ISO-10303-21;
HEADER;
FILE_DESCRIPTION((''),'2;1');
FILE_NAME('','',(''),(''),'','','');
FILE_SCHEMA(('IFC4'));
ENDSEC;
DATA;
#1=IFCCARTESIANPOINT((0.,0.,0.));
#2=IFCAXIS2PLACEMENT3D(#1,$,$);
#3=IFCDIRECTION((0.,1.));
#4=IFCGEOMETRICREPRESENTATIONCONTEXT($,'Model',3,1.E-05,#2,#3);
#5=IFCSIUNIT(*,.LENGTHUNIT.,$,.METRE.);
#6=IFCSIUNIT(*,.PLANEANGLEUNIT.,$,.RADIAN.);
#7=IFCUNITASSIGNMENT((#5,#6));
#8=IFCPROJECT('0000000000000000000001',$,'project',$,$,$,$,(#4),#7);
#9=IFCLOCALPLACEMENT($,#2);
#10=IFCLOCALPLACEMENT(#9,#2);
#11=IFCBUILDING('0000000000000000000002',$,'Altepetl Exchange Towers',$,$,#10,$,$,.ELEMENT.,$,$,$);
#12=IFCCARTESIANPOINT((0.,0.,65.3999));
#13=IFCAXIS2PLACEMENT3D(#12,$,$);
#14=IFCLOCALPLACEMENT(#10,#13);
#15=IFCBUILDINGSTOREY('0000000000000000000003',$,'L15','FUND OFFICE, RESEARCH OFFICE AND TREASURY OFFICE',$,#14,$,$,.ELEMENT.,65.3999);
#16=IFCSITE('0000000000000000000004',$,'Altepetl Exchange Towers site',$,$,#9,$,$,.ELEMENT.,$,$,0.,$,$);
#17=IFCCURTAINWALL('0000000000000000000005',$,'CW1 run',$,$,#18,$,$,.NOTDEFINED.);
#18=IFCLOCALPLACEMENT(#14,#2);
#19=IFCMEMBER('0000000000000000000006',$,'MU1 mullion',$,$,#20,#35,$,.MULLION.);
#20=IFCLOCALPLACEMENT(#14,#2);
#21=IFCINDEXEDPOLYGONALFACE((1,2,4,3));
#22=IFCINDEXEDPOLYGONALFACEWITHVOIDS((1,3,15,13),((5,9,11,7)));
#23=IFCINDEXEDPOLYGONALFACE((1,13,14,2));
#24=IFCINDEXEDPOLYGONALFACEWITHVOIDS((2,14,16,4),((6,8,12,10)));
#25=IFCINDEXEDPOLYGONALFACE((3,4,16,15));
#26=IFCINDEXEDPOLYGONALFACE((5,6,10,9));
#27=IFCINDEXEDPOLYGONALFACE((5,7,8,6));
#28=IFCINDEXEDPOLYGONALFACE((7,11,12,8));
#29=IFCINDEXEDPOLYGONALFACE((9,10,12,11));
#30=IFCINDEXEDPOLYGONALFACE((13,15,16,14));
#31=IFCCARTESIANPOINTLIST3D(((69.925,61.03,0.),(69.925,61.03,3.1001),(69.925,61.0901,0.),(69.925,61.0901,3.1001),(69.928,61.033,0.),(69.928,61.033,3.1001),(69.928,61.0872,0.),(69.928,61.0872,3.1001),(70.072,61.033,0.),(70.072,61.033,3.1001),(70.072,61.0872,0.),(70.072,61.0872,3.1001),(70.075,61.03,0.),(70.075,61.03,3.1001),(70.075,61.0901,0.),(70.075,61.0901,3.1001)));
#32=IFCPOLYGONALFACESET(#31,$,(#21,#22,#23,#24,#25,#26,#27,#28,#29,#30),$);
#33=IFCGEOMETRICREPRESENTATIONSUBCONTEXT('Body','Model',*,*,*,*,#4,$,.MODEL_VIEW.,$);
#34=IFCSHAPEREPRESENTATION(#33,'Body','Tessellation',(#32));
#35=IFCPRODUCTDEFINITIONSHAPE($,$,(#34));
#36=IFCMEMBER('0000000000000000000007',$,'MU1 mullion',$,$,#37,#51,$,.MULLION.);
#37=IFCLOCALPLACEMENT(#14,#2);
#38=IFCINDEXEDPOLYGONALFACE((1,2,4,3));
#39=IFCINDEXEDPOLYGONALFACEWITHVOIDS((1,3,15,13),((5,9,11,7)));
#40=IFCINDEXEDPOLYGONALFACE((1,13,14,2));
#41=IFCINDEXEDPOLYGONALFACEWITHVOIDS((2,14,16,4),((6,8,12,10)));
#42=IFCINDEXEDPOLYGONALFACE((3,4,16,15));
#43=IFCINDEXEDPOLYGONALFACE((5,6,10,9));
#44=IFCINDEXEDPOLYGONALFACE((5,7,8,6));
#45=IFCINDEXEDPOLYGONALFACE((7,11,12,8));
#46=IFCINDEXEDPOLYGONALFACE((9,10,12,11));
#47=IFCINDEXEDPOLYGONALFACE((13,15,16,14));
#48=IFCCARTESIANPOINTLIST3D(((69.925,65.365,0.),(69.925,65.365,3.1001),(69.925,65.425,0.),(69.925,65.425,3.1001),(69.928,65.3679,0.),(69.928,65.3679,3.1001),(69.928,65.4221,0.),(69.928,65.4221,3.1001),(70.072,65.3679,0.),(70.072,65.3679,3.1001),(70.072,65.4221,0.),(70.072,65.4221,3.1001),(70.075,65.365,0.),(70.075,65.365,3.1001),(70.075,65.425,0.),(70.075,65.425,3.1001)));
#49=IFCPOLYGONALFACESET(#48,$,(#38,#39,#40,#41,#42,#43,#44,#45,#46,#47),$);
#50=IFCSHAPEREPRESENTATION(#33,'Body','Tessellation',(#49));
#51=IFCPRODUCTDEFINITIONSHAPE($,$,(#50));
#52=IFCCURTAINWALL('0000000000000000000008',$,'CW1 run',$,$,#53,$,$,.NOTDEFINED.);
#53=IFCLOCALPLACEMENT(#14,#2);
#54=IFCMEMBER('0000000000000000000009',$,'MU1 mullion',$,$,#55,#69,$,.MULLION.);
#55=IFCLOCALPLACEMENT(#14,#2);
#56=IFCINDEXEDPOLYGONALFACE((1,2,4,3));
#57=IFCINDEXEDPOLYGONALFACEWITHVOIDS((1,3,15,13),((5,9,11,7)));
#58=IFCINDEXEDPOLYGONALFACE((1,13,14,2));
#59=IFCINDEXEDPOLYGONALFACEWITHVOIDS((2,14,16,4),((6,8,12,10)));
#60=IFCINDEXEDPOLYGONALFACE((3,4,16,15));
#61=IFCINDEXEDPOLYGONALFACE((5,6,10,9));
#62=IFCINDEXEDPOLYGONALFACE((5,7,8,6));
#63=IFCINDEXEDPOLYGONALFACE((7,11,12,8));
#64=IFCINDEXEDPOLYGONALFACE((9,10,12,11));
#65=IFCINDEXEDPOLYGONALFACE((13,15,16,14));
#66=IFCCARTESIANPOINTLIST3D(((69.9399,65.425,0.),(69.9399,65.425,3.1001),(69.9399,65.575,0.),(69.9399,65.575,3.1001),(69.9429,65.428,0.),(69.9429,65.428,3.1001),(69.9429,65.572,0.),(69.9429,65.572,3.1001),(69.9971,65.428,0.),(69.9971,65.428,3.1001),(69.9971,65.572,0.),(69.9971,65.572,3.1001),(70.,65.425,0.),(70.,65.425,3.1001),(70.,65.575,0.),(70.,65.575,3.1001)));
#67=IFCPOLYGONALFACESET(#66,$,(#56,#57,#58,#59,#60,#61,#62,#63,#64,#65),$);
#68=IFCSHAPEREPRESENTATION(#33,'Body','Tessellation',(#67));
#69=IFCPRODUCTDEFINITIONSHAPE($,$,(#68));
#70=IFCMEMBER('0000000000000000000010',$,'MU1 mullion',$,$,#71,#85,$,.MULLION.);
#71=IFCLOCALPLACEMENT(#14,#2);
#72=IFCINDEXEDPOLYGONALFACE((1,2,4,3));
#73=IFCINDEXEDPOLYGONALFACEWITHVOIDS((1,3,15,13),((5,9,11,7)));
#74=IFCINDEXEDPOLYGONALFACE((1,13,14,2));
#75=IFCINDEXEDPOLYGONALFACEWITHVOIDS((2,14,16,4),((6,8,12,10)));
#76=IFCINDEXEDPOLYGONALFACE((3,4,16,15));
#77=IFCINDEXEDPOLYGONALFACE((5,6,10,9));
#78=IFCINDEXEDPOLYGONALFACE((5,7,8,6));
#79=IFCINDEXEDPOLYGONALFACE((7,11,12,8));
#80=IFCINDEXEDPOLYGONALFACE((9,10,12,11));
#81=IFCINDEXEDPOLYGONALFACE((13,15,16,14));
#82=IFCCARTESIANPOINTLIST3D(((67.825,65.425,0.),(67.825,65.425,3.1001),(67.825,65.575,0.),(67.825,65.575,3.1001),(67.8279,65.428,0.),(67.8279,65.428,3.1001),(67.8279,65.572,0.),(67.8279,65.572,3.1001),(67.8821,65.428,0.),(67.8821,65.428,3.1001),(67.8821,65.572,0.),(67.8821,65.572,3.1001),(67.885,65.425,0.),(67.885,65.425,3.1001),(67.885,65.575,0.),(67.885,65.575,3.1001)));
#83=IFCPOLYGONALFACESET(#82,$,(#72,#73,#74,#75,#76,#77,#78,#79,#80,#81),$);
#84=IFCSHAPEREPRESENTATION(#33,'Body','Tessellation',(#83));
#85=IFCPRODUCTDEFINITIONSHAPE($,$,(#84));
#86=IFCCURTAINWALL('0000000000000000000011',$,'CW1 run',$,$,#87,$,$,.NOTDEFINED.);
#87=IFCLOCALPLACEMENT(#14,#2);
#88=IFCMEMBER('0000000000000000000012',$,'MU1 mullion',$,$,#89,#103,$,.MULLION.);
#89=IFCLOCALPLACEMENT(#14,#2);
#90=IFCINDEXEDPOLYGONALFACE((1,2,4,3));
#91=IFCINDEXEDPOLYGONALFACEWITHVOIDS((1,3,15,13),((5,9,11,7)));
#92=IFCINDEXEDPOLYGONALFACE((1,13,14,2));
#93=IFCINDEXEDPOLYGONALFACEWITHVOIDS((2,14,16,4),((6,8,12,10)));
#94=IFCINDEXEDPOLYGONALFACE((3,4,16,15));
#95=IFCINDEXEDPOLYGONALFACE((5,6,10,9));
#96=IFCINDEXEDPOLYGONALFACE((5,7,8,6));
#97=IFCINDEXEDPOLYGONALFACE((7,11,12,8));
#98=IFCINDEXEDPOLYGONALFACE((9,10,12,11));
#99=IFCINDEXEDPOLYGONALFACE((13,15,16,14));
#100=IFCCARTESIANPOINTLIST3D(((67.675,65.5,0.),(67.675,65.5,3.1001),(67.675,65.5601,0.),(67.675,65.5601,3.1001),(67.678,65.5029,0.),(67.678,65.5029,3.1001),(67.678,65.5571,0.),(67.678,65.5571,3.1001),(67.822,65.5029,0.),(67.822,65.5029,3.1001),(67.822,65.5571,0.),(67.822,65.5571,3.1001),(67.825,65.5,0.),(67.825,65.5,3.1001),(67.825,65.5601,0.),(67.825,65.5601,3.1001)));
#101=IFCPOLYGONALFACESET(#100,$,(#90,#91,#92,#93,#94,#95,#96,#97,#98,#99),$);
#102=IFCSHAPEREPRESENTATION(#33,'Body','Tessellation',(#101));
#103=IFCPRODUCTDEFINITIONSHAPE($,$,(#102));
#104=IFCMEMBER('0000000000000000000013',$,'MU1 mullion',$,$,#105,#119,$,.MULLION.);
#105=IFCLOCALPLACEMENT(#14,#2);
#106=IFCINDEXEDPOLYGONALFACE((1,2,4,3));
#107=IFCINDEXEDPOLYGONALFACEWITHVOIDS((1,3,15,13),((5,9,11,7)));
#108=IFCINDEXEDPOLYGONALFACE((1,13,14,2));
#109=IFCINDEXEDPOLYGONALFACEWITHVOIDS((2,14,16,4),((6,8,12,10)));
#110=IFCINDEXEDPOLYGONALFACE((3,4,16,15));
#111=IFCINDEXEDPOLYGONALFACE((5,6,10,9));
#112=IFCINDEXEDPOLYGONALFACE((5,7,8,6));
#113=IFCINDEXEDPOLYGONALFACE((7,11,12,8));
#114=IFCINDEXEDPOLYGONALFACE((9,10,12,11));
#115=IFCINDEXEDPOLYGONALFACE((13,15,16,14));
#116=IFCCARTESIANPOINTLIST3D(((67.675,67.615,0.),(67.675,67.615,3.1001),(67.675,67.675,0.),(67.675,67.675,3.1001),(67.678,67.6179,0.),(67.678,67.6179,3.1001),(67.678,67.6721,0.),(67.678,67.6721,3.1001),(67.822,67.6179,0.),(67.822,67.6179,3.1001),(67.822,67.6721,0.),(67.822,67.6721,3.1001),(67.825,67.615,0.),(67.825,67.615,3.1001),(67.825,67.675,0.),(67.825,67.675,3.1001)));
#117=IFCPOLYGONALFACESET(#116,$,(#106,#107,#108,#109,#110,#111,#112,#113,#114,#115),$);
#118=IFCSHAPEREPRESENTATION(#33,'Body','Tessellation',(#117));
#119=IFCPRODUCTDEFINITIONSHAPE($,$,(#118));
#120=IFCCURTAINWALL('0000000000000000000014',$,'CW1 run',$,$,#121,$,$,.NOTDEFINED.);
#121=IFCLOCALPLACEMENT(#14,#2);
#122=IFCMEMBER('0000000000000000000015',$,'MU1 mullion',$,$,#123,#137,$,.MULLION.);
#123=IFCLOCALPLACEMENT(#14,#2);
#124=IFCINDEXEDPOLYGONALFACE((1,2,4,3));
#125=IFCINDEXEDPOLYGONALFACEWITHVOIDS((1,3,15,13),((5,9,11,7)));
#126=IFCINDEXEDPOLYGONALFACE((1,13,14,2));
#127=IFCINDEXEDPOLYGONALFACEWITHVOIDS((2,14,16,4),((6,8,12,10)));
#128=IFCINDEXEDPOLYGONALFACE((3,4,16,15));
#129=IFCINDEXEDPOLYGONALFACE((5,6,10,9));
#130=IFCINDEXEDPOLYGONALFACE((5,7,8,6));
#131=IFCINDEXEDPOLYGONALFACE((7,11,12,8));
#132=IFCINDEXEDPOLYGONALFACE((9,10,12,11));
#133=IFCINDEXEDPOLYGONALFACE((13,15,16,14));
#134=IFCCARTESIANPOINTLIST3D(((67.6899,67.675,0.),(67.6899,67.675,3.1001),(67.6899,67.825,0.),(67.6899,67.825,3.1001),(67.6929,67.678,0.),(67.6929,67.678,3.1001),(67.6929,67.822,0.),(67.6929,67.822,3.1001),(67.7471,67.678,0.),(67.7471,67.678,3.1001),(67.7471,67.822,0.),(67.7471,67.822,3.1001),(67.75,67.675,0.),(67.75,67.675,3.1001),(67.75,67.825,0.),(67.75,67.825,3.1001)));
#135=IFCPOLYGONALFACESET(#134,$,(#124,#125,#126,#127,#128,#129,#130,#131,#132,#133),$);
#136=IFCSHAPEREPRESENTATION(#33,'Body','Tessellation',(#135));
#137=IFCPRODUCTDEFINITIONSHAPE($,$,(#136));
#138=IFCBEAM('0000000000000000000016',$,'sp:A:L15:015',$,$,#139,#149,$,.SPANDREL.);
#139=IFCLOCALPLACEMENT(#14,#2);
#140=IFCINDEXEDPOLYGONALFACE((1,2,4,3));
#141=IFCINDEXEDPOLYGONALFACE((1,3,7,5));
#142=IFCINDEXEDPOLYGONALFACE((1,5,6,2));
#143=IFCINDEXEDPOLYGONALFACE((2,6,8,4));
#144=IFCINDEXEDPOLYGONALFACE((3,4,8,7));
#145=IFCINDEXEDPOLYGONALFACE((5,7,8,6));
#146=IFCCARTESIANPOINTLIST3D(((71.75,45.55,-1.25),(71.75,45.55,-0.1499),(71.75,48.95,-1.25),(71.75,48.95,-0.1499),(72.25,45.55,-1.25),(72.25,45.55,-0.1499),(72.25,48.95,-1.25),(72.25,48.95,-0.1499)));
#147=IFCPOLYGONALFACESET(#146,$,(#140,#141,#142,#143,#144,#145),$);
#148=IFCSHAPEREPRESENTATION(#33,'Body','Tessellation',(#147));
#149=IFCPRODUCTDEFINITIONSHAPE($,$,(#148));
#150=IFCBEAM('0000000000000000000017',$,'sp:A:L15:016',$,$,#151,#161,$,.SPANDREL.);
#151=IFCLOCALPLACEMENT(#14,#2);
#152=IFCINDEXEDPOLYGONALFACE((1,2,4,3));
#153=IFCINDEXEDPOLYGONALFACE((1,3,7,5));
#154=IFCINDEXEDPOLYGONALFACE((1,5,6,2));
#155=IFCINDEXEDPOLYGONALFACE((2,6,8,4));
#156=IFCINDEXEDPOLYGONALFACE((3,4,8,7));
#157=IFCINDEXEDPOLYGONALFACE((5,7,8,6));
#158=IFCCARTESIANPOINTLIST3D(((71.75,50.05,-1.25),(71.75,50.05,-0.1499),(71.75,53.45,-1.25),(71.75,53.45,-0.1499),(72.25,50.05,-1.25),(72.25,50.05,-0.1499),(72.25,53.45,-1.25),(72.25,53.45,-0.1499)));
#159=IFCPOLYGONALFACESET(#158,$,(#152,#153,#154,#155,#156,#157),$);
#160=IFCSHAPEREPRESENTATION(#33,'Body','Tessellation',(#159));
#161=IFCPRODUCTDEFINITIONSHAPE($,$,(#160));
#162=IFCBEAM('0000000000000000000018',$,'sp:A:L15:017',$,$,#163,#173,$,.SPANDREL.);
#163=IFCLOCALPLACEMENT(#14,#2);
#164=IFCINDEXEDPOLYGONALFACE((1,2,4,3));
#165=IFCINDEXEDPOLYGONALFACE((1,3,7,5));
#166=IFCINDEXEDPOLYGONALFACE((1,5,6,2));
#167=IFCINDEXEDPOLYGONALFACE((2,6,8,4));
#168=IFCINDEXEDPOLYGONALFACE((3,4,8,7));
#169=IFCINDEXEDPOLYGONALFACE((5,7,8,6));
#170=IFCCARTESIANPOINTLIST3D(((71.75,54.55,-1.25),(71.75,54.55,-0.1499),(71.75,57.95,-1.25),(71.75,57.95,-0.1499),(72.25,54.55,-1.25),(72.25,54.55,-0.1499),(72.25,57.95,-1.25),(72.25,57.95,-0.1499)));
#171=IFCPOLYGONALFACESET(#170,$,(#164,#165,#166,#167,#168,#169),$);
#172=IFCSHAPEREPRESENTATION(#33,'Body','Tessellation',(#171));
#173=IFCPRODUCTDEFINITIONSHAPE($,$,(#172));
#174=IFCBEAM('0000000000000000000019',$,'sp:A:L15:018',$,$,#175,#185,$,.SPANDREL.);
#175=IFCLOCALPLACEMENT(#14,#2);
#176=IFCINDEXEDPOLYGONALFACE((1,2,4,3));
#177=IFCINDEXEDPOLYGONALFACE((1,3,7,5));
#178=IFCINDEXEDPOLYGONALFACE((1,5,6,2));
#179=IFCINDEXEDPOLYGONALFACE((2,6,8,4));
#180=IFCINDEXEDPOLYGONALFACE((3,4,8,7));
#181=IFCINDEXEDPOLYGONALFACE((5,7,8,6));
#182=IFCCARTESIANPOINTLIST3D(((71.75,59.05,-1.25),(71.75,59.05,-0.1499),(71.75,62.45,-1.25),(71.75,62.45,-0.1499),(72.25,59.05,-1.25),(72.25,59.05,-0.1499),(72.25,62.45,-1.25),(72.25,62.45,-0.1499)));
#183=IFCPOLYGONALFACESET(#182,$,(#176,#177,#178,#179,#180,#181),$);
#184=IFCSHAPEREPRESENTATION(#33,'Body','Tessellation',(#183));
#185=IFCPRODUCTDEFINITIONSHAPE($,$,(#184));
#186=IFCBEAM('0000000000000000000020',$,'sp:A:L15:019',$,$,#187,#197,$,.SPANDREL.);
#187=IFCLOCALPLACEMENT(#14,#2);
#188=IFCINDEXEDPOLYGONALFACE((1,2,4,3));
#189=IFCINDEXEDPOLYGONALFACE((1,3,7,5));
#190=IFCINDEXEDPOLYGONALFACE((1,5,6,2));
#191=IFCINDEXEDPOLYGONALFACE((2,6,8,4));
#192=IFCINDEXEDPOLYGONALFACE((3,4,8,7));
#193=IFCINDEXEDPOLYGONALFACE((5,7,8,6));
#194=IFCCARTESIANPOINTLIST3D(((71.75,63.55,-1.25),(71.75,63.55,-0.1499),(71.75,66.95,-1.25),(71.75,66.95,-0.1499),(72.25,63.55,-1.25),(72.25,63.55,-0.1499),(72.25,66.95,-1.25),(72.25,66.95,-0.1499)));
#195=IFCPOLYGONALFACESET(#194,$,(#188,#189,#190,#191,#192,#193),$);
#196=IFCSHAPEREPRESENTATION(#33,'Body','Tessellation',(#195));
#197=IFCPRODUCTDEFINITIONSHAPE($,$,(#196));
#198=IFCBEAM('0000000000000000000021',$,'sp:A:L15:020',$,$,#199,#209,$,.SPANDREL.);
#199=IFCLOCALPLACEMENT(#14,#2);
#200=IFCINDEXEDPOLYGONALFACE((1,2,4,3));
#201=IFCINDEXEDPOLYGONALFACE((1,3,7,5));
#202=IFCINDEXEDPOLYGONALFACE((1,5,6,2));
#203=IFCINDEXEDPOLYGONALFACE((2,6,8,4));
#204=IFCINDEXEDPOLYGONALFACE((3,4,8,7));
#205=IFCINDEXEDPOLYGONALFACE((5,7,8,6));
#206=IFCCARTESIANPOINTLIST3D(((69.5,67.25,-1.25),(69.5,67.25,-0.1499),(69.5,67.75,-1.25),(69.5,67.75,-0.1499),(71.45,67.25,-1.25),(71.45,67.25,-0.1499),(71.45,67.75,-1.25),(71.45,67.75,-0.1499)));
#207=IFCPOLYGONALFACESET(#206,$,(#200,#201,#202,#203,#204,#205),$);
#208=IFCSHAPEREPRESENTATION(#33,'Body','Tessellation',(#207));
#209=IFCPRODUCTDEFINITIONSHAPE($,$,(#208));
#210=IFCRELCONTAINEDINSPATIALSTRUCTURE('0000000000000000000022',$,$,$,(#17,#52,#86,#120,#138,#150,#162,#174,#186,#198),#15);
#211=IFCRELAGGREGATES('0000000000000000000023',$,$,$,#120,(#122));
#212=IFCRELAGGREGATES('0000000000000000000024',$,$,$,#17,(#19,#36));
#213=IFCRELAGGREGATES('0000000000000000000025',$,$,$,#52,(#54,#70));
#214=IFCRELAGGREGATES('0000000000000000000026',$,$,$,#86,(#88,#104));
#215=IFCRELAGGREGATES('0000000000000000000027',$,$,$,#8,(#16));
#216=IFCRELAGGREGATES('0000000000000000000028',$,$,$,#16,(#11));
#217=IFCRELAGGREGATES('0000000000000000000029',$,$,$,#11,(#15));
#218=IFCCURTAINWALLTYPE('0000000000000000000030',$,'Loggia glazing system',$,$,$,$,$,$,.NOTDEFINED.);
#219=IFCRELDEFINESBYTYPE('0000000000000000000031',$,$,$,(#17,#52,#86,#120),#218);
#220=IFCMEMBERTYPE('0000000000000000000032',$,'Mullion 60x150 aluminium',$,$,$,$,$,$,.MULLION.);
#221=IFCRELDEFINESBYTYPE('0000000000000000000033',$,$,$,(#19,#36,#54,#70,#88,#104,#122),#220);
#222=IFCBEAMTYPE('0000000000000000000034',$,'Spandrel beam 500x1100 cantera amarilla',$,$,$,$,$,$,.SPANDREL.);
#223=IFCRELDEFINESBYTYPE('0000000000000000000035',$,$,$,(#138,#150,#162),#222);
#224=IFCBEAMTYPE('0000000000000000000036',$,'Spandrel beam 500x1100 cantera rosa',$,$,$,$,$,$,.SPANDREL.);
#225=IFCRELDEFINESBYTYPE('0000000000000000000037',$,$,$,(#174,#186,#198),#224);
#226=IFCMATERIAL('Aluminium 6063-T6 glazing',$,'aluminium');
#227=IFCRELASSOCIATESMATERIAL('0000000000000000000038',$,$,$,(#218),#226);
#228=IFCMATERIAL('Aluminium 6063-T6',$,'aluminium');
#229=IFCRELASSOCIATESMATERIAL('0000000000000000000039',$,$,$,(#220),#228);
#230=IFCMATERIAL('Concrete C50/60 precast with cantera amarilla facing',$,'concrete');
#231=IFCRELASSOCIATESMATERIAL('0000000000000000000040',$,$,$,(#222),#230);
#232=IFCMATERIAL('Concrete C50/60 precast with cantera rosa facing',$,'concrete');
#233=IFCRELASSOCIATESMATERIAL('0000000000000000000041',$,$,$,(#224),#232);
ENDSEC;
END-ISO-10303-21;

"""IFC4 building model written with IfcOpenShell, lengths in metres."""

from ifc_helpers import new_model, si_unit, direction, frame, origin, origin_2d, place, context, subcontext, project, spatial, rectangle, hollow_rectangle, extrude, material, material_profile, profile_set, type_object, element, aggregate, save


model = new_model("IFC4")

# Units and contexts
model_context = context("Model", 3, precision=1e-05, world=origin(), true_north=direction((0.0, 1.0)))
body_context = subcontext(model_context, "Body", "Model", "MODEL_VIEW")
ifc_project = project(units=[si_unit("LENGTHUNIT", "METRE"), si_unit("PLANEANGLEUNIT", "RADIAN")], contexts=[model_context])

# Site, building, storey
site_placement = place(None, origin())
site = spatial("IfcSite", under=ifc_project, at=site_placement, Name="Altepetl Exchange Towers site", CompositionType="ELEMENT", RefElevation=0.0)
building_placement = place(site_placement, origin())
building = spatial("IfcBuilding", under=site, at=building_placement, Name="Altepetl Exchange Towers", CompositionType="ELEMENT")
storey_placement = place(building_placement, frame((0.0, 0.0, 65.3999)))
storey = spatial("IfcBuildingStorey", under=building, at=storey_placement, Name="L15", Description="FUND OFFICE, RESEARCH OFFICE AND TREASURY OFFICE", CompositionType="ELEMENT", Elevation=65.3999)

# Curtain walls, members
ifc_material_1 = material(Name="Aluminium 6063-T6 glazing", Category="aluminium")
curtain_wall_type = type_object("IfcCurtainWallType", Name="Loggia glazing system", PredefinedType="NOTDEFINED", material=ifc_material_1)
ifc_material_2 = material(Name="Aluminium 6063-T6", Category="aluminium")
ifc_material_profile_1 = material_profile(ifc_material_2, hollow_rectangle(XDim=0.0601, YDim=0.1499, WallThickness=0.0029, at=origin_2d()), Name="Mullion 60x150 aluminium")
ifc_profile_set_1 = profile_set([ifc_material_profile_1], Name="Aluminium 6063-T6")
member_type = type_object("IfcMemberType", Name="Mullion 60x150 aluminium", PredefinedType="MULLION", material=ifc_profile_set_1)
curtain_wall_1_placement = place(storey_placement, origin())
curtain_wall_1 = element("IfcCurtainWall", 1, at=curtain_wall_1_placement, inside=storey, type_object=curtain_wall_type, Name="CW1 run", PredefinedType="NOTDEFINED")
member_1_placement = place(storey_placement, frame((70.0, 61.0601, 0.0), z_axis=(0.0, 0.0, 1.0), x_axis=(0.0, 1.0, 0.0)))
member_1 = element("IfcMember", 2, at=member_1_placement, type_object=member_type, Name="MU1 mullion", PredefinedType="MULLION", context=body_context, shape_type="SweptSolid", body=[
    extrude(hollow_rectangle(XDim=0.0601, YDim=0.1499, WallThickness=0.0029, at=origin_2d()), origin(), (0.0, 0.0, 1.0), 3.1001),
])
member_2_placement = place(storey_placement, frame((70.0, 65.395, 0.0), z_axis=(0.0, 0.0, 1.0), x_axis=(0.0, 1.0, 0.0)))
member_2 = element("IfcMember", 3, at=member_2_placement, type_object=member_type, Name="MU1 mullion", PredefinedType="MULLION", context=body_context, shape_type="SweptSolid", body=[
    extrude(hollow_rectangle(XDim=0.0601, YDim=0.1499, WallThickness=0.0029, at=origin_2d()), origin(), (0.0, 0.0, 1.0), 3.1001),
])
curtain_wall_2_placement = place(storey_placement, origin())
curtain_wall_2 = element("IfcCurtainWall", 4, at=curtain_wall_2_placement, inside=storey, type_object=curtain_wall_type, Name="CW1 run", PredefinedType="NOTDEFINED")
member_3_placement = place(storey_placement, frame((69.97, 65.5, 0.0), z_axis=(0.0, 0.0, 1.0), x_axis=(-1.0, 0.0, 0.0)))
member_3 = element("IfcMember", 5, at=member_3_placement, type_object=member_type, Name="MU1 mullion", PredefinedType="MULLION", context=body_context, shape_type="SweptSolid", body=[
    extrude(hollow_rectangle(XDim=0.0601, YDim=0.1499, WallThickness=0.0029, at=origin_2d()), origin(), (0.0, 0.0, 1.0), 3.1001),
])
member_4_placement = place(storey_placement, frame((67.855, 65.5, 0.0), z_axis=(0.0, 0.0, 1.0), x_axis=(-1.0, 0.0, 0.0)))
member_4 = element("IfcMember", 6, at=member_4_placement, type_object=member_type, Name="MU1 mullion", PredefinedType="MULLION", context=body_context, shape_type="SweptSolid", body=[
    extrude(hollow_rectangle(XDim=0.0601, YDim=0.1499, WallThickness=0.0029, at=origin_2d()), origin(), (0.0, 0.0, 1.0), 3.1001),
])
curtain_wall_3_placement = place(storey_placement, origin())
curtain_wall_3 = element("IfcCurtainWall", 7, at=curtain_wall_3_placement, inside=storey, type_object=curtain_wall_type, Name="CW1 run", PredefinedType="NOTDEFINED")
member_5_placement = place(storey_placement, frame((67.75, 65.53, 0.0), z_axis=(0.0, 0.0, 1.0), x_axis=(0.0, 1.0, 0.0)))
member_5 = element("IfcMember", 8, at=member_5_placement, type_object=member_type, Name="MU1 mullion", PredefinedType="MULLION", context=body_context, shape_type="SweptSolid", body=[
    extrude(hollow_rectangle(XDim=0.0601, YDim=0.1499, WallThickness=0.0029, at=origin_2d()), origin(), (0.0, 0.0, 1.0), 3.1001),
])
member_6_placement = place(storey_placement, frame((67.75, 67.645, 0.0), z_axis=(0.0, 0.0, 1.0), x_axis=(0.0, 1.0, 0.0)))
member_6 = element("IfcMember", 9, at=member_6_placement, type_object=member_type, Name="MU1 mullion", PredefinedType="MULLION", context=body_context, shape_type="SweptSolid", body=[
    extrude(hollow_rectangle(XDim=0.0601, YDim=0.1499, WallThickness=0.0029, at=origin_2d()), origin(), (0.0, 0.0, 1.0), 3.1001),
])

# Curtain wall, member
curtain_wall_4_placement = place(storey_placement, origin())
curtain_wall_4 = element("IfcCurtainWall", 10, at=curtain_wall_4_placement, inside=storey, type_object=curtain_wall_type, Name="CW1 run", PredefinedType="NOTDEFINED")
member_7_placement = place(storey_placement, frame((67.72, 67.75, 0.0), z_axis=(0.0, 0.0, 1.0), x_axis=(-1.0, 0.0, 0.0)))
member_7 = element("IfcMember", 11, at=member_7_placement, type_object=member_type, Name="MU1 mullion", PredefinedType="MULLION", context=body_context, shape_type="SweptSolid", body=[
    extrude(hollow_rectangle(XDim=0.0601, YDim=0.1499, WallThickness=0.0029, at=origin_2d()), origin(), (0.0, 0.0, 1.0), 3.1001),
])
aggregate(curtain_wall_4, [member_7])

# Beams
ifc_material_3 = material(Name="Concrete C50/60 precast with cantera amarilla facing", Category="concrete")
ifc_material_profile_2 = material_profile(ifc_material_3, rectangle(XDim=0.5, YDim=1.1001, at=origin_2d()), Name="500 x 1100")
ifc_profile_set_2 = profile_set([ifc_material_profile_2], Name="Concrete C50/60 precast with cantera amarilla facing")
beam_type_1 = type_object("IfcBeamType", Name="Spandrel beam 500x1100 cantera amarilla", PredefinedType="SPANDREL", material=ifc_profile_set_2)
for number, where, z_axis, x_axis, name in (
    (12, (72.0, 45.55, -0.7), (0.0, 1.0, 0.0), (-1.0, 0.0, 0.0), "sp:A:L15:015"),
    (13, (72.0, 50.05, -0.7), (0.0, 1.0, 0.0), (-1.0, 0.0, 0.0), "sp:A:L15:016"),
    (14, (72.0, 54.55, -0.7), (0.0, 1.0, 0.0), (-1.0, 0.0, 0.0), "sp:A:L15:017"),
):
    element("IfcBeam", number, at=place(storey_placement, frame(where, z_axis=z_axis, x_axis=x_axis)), inside=storey, type_object=beam_type_1, Name=name, PredefinedType="SPANDREL", context=body_context, shape_type="SweptSolid", body=[
        extrude(rectangle(XDim=0.5, YDim=1.1001, at=origin_2d()), origin(), (0.0, 0.0, 1.0), 3.3999),
    ])
ifc_material_4 = material(Name="Concrete C50/60 precast with cantera rosa facing", Category="concrete")
ifc_material_profile_3 = material_profile(ifc_material_4, rectangle(XDim=0.5, YDim=1.1001, at=origin_2d()), Name="500 x 1100")
ifc_profile_set_3 = profile_set([ifc_material_profile_3], Name="Concrete C50/60 precast with cantera rosa facing")
beam_type_2 = type_object("IfcBeamType", Name="Spandrel beam 500x1100 cantera rosa", PredefinedType="SPANDREL", material=ifc_profile_set_3)
for number, where, z_axis, x_axis, name in (
    (15, (72.0, 59.05, -0.7), (0.0, 1.0, 0.0), (-1.0, 0.0, 0.0), "sp:A:L15:018"),
    (16, (72.0, 63.55, -0.7), (0.0, 1.0, 0.0), (-1.0, 0.0, 0.0), "sp:A:L15:019"),
):
    element("IfcBeam", number, at=place(storey_placement, frame(where, z_axis=z_axis, x_axis=x_axis)), inside=storey, type_object=beam_type_2, Name=name, PredefinedType="SPANDREL", context=body_context, shape_type="SweptSolid", body=[
        extrude(rectangle(XDim=0.5, YDim=1.1001, at=origin_2d()), origin(), (0.0, 0.0, 1.0), 3.3999),
    ])
beam_1_placement = place(storey_placement, frame((71.45, 67.5, -0.7), z_axis=(-1.0, 0.0, 0.0), x_axis=(0.0, -1.0, 0.0)))
element("IfcBeam", 17, at=beam_1_placement, inside=storey, type_object=beam_type_2, Name="sp:A:L15:020", PredefinedType="SPANDREL", context=body_context, shape_type="SweptSolid", body=[
    extrude(rectangle(XDim=0.5, YDim=1.1001, at=origin_2d()), origin(), (0.0, 0.0, 1.0), 1.95),
])

aggregate(curtain_wall_1, [member_1, member_2])
aggregate(curtain_wall_2, [member_3, member_4])
aggregate(curtain_wall_3, [member_5, member_6])

save(model, "model.ifc")
